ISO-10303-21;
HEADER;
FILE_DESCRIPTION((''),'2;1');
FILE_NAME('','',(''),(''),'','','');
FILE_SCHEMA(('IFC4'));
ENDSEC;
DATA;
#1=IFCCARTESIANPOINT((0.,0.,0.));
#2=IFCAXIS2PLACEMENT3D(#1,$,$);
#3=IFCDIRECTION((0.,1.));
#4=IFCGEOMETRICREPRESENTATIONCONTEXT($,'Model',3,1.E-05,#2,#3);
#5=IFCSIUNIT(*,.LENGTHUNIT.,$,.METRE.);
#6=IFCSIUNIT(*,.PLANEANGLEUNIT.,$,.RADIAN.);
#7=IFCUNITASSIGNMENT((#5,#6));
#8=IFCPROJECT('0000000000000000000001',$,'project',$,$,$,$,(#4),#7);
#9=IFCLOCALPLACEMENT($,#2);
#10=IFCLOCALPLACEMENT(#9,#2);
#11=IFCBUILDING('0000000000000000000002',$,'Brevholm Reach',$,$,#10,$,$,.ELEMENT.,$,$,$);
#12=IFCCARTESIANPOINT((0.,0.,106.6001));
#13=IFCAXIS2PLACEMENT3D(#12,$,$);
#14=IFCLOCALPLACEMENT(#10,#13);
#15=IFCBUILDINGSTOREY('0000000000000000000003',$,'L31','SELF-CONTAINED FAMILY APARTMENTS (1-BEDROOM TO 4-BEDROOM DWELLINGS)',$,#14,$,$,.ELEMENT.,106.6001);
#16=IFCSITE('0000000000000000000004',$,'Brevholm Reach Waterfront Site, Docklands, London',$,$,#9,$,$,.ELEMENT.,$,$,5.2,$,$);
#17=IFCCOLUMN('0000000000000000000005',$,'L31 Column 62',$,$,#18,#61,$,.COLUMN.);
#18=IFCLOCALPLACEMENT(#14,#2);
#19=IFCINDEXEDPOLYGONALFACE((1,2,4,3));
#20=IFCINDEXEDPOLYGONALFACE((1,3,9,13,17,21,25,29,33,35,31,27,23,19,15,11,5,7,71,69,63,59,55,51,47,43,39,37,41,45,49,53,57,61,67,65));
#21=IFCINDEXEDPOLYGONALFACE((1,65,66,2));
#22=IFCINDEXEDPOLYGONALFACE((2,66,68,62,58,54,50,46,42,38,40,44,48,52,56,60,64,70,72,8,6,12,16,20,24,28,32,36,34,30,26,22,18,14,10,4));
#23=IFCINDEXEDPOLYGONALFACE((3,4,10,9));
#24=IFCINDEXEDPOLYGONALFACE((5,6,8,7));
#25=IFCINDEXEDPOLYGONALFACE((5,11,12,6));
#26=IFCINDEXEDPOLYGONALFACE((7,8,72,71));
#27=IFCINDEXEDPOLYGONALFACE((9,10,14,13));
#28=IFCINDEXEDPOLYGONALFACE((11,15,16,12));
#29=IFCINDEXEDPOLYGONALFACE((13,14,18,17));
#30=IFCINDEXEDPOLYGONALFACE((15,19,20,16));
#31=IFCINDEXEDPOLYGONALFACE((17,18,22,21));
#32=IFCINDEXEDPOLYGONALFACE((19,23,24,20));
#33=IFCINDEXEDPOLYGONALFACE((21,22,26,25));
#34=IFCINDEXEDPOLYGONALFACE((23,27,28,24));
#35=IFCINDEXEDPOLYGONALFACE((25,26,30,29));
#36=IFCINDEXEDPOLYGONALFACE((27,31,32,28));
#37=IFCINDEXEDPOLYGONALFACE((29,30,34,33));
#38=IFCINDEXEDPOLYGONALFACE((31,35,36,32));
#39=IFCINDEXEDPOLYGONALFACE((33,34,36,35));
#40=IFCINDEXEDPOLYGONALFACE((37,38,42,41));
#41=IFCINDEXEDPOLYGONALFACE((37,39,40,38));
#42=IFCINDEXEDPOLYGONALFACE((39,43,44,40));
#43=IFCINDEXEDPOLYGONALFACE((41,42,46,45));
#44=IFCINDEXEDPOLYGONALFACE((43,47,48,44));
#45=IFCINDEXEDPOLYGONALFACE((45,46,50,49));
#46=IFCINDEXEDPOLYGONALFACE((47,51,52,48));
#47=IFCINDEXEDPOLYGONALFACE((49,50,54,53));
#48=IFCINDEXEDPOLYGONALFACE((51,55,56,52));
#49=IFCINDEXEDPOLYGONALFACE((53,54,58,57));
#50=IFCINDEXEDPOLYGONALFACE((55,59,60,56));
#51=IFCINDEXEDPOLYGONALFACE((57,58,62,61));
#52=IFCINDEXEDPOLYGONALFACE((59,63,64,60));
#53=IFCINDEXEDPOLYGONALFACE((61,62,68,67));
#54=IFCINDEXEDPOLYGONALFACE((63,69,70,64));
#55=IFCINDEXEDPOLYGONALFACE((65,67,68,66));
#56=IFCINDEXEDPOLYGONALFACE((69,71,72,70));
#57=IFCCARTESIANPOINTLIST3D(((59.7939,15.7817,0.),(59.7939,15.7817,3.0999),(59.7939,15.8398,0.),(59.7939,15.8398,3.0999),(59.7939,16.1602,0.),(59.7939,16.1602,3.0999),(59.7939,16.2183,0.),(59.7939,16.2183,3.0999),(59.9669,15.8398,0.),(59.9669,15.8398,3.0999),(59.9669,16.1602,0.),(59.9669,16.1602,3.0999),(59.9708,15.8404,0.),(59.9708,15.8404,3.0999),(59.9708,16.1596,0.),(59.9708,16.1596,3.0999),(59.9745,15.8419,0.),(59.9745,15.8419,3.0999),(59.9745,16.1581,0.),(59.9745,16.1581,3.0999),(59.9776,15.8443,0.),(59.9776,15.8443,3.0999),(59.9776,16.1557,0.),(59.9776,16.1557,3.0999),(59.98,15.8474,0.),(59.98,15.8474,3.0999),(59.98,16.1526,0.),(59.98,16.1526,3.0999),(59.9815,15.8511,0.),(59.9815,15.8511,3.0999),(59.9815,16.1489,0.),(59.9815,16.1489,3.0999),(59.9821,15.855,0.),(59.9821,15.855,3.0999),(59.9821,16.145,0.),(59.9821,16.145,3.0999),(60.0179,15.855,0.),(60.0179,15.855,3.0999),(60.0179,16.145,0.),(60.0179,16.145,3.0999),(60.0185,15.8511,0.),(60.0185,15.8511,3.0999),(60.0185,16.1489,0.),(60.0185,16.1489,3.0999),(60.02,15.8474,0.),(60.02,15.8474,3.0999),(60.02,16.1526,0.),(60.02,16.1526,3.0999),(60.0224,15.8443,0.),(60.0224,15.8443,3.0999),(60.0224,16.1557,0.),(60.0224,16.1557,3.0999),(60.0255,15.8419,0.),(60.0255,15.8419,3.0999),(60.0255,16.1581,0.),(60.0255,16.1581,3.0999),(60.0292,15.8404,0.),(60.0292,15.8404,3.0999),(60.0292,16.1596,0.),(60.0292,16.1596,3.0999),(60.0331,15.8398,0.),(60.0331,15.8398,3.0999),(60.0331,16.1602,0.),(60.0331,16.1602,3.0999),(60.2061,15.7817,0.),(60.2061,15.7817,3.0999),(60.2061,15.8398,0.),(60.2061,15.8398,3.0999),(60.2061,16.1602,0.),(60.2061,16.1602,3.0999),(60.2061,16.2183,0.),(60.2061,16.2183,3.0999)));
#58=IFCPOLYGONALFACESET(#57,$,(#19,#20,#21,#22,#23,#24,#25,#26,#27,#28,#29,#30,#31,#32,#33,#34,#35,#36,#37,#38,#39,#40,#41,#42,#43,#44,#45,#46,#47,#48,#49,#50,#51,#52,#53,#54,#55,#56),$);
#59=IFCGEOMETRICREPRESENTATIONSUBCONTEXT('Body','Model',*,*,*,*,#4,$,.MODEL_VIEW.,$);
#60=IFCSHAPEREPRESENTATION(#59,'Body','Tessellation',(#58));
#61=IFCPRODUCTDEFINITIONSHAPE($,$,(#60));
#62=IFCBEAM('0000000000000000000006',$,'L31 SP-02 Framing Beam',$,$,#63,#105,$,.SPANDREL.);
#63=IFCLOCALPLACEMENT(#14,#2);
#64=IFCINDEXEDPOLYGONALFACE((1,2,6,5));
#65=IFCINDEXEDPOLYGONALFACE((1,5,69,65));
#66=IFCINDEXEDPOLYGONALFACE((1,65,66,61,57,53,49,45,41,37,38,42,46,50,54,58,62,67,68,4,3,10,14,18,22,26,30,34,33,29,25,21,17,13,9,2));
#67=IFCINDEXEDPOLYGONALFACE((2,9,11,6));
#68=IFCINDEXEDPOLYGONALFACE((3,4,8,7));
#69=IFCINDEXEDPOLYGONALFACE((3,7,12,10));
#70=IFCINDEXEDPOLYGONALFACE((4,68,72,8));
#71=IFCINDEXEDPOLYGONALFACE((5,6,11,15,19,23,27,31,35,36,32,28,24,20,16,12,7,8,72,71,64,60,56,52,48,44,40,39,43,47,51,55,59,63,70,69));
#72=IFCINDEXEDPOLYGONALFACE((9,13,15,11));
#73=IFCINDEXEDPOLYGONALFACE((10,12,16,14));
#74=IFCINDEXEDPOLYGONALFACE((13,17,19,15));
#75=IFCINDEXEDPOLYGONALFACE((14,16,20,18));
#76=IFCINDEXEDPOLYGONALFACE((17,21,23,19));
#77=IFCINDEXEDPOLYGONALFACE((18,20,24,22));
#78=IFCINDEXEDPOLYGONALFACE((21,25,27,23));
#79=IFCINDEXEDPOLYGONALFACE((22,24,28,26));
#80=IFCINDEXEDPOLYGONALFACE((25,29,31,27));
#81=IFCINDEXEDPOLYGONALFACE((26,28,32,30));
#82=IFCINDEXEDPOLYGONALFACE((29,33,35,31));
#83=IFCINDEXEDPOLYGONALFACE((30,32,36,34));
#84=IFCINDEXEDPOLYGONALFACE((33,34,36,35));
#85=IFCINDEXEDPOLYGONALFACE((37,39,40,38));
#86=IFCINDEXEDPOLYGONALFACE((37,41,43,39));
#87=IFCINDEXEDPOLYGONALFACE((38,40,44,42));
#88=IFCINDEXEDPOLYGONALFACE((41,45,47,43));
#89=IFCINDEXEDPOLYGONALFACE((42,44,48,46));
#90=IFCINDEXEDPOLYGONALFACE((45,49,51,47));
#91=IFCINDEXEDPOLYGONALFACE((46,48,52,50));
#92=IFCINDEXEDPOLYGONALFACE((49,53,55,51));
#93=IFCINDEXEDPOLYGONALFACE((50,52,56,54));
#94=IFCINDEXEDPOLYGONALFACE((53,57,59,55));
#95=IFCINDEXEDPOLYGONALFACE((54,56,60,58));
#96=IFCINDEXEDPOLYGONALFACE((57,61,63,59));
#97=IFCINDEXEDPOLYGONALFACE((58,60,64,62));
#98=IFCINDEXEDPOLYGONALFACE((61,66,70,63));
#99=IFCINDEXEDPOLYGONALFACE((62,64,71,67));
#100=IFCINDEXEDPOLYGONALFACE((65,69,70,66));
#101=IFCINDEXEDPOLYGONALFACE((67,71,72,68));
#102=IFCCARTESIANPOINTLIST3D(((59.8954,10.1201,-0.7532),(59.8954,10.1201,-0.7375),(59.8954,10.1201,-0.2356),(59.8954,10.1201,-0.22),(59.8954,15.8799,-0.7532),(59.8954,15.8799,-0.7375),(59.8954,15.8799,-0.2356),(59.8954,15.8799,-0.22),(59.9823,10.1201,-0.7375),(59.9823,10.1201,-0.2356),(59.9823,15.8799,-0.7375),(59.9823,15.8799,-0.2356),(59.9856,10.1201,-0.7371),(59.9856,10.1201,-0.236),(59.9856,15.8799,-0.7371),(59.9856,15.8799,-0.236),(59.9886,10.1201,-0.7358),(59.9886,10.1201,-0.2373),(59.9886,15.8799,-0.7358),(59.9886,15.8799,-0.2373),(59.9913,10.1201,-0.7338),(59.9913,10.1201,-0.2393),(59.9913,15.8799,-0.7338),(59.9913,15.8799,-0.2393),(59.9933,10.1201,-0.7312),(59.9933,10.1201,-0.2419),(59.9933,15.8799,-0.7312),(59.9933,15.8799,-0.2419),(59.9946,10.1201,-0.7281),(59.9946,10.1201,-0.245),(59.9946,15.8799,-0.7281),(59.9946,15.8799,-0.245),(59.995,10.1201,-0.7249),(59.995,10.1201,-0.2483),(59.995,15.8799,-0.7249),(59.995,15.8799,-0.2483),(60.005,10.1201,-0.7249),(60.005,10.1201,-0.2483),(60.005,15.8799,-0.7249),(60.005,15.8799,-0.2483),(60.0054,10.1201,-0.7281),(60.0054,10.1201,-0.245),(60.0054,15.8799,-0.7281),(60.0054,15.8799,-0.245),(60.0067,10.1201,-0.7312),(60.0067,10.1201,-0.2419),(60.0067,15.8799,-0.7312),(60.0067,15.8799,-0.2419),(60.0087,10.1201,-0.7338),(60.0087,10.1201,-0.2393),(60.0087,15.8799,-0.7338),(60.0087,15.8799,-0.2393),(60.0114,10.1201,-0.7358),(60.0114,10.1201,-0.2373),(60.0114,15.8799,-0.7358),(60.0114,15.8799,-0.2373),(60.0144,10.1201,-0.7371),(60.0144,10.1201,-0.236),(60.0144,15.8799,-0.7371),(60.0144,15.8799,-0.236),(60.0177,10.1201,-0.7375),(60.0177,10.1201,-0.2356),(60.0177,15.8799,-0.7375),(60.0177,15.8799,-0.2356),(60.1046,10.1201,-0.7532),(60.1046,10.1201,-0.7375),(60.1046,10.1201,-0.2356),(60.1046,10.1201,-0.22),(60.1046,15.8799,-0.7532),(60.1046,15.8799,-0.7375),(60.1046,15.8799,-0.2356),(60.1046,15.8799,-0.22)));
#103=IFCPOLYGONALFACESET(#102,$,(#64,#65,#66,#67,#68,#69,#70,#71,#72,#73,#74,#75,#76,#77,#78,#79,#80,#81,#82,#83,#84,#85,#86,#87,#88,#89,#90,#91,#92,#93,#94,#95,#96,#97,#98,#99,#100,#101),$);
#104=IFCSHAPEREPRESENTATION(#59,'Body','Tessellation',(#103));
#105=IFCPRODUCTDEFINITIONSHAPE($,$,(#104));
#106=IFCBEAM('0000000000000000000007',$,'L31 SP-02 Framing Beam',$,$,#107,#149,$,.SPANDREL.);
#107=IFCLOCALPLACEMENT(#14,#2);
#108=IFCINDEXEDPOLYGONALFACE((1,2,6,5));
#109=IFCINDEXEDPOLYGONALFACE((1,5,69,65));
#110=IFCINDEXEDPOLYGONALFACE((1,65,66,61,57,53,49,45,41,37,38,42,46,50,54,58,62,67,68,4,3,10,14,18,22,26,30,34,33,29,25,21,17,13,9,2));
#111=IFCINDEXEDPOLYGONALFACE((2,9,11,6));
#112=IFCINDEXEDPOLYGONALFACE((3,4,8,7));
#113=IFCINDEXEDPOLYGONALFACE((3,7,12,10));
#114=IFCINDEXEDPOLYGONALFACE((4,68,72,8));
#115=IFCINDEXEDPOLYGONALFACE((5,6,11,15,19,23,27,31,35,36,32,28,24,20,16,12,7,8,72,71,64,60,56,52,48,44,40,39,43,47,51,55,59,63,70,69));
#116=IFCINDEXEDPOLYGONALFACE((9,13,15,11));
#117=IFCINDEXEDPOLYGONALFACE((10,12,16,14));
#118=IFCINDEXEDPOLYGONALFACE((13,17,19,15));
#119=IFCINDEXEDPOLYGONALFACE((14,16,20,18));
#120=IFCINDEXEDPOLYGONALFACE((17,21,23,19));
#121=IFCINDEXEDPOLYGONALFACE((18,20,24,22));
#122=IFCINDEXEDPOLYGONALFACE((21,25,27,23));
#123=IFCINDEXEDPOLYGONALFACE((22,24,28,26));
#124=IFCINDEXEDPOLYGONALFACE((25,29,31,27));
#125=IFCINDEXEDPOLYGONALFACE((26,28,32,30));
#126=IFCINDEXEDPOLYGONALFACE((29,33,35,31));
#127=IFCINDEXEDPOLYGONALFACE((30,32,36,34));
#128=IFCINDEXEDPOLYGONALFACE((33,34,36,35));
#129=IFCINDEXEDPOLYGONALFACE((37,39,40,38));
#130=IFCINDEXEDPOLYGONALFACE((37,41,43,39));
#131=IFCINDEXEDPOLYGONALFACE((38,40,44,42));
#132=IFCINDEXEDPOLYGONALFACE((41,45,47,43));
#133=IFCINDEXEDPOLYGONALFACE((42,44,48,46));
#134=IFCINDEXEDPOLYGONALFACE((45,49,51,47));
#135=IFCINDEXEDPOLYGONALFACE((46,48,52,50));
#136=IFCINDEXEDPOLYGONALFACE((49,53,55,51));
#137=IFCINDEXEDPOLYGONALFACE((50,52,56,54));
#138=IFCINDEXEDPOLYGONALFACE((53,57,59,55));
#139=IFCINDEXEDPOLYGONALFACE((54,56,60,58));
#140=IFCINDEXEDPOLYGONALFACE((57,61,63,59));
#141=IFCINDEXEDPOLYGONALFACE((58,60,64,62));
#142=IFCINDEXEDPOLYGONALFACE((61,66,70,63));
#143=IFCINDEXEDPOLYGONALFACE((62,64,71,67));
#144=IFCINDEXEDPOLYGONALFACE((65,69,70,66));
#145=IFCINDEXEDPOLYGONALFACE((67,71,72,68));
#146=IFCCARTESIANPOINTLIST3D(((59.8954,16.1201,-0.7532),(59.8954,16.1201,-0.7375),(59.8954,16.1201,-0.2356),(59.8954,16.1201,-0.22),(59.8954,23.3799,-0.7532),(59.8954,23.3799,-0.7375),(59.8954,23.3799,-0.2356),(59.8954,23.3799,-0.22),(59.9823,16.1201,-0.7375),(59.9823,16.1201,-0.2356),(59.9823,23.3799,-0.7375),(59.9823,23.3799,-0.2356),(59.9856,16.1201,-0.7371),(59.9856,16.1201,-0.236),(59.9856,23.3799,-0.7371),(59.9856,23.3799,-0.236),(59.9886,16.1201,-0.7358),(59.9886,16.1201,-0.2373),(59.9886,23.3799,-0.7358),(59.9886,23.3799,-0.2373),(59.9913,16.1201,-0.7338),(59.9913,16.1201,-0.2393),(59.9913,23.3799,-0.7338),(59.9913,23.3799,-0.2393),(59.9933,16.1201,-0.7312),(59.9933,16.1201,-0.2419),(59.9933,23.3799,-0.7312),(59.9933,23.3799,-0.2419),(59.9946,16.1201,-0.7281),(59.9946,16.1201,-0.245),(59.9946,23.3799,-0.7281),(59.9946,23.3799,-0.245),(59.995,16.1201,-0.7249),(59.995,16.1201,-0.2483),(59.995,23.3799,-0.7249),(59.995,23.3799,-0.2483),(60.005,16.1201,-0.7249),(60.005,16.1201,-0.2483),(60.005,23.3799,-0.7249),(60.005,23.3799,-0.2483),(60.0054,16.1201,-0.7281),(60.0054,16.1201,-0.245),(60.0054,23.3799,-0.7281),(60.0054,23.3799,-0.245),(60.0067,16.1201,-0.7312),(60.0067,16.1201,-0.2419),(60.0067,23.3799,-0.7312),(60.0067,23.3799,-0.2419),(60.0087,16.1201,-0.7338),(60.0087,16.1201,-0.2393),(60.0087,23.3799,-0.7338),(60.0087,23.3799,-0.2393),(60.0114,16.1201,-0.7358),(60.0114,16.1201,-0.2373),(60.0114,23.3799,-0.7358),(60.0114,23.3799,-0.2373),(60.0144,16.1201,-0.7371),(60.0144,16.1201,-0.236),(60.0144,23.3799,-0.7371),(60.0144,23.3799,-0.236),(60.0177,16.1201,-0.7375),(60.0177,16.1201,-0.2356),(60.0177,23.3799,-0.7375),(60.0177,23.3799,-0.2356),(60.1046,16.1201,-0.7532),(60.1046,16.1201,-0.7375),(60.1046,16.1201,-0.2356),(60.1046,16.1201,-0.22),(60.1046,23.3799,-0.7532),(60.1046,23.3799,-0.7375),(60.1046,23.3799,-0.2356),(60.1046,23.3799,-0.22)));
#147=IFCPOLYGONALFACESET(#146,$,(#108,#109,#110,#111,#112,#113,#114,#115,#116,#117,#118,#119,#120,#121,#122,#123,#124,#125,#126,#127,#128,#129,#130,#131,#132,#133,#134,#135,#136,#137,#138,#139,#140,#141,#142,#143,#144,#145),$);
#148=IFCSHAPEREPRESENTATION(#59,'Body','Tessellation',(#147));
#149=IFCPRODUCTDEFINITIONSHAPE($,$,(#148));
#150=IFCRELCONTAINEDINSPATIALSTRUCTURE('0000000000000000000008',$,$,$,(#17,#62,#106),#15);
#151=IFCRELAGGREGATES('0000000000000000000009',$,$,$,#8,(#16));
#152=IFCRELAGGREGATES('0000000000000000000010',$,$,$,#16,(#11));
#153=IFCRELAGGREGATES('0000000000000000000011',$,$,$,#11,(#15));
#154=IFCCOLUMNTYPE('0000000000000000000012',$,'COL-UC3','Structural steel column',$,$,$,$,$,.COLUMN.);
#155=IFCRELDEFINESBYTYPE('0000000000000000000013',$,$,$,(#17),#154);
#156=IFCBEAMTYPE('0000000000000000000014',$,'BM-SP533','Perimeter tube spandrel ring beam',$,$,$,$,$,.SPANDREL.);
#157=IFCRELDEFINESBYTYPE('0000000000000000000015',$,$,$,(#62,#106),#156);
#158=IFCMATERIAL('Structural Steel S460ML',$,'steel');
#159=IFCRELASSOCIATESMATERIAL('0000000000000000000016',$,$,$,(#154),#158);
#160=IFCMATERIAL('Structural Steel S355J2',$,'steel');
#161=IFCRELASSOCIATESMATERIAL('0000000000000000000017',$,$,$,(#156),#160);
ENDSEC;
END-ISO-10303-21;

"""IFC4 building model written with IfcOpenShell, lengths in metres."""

from ifc_helpers import new_model, si_unit, direction, frame, origin, origin_2d, place, context, subcontext, project, spatial, i_section, extrude, material, material_profile, profile_set, type_object, element, save


model = new_model("IFC4")

# Units and contexts
model_context = context("Model", 3, precision=1e-05, world=origin(), true_north=direction((0.0, 1.0)))
body_context = subcontext(model_context, "Body", "Model", "MODEL_VIEW")
ifc_project = project(units=[si_unit("LENGTHUNIT", "METRE"), si_unit("PLANEANGLEUNIT", "RADIAN")], contexts=[model_context])

# Site, building, storey
site_placement = place(None, origin())
site = spatial("IfcSite", under=ifc_project, at=site_placement, Name="Brevholm Reach Waterfront Site, Docklands, London", CompositionType="ELEMENT", RefElevation=5.2)
building_placement = place(site_placement, origin())
building = spatial("IfcBuilding", under=site, at=building_placement, Name="Brevholm Reach", CompositionType="ELEMENT")
storey_placement = place(building_placement, frame((0.0, 0.0, 106.6001)))
storey = spatial("IfcBuildingStorey", under=building, at=storey_placement, Name="L31", Description="SELF-CONTAINED FAMILY APARTMENTS (1-BEDROOM TO 4-BEDROOM DWELLINGS)", CompositionType="ELEMENT", Elevation=106.6001)

# Column
ifc_material_1 = material(Name="Structural Steel S460ML", Category="steel")
ifc_material_profile_1 = material_profile(ifc_material_1, i_section(OverallWidth=0.4121, OverallDepth=0.4365, WebThickness=0.0359, FlangeThickness=0.0581, FilletRadius=0.0151, at=origin_2d()), Name="UKC 356x406x467")
ifc_profile_set_1 = profile_set([ifc_material_profile_1], Name="Structural Steel S460ML")
column_type = type_object("IfcColumnType", Name="COL-UC3", Description="Structural steel column", PredefinedType="COLUMN", material=ifc_profile_set_1)
column_placement = place(storey_placement, frame((60.0, 16.0, 0.0), z_axis=(0.0, 0.0, 1.0), x_axis=(1.0, 0.0, 0.0)))
element("IfcColumn", 1, at=column_placement, inside=storey, type_object=column_type, Name="L31 Column 62", PredefinedType="COLUMN", context=body_context, shape_type="SweptSolid", body=[
    extrude(i_section(OverallWidth=0.4121, OverallDepth=0.4365, WebThickness=0.0359, FlangeThickness=0.0581, FilletRadius=0.0151, at=origin_2d()), origin(), (0.0, 0.0, 1.0), 3.0999),
])

# Beams
ifc_material_2 = material(Name="Structural Steel S355J2", Category="steel")
ifc_material_profile_2 = material_profile(ifc_material_2, i_section(OverallWidth=0.2092, OverallDepth=0.5332, WebThickness=0.01, FlangeThickness=0.0156, FilletRadius=0.0127, at=origin_2d()), Name="UKB 533x210x92")
ifc_profile_set_2 = profile_set([ifc_material_profile_2], Name="Structural Steel S355J2")
beam_type = type_object("IfcBeamType", Name="BM-SP533", Description="Perimeter tube spandrel ring beam", PredefinedType="SPANDREL", material=ifc_profile_set_2)
beam_1_placement = place(storey_placement, frame((60.0, 10.1201, -0.4866), z_axis=(0.0, 1.0, 0.0), x_axis=(-1.0, 0.0, 0.0)))
element("IfcBeam", 2, at=beam_1_placement, inside=storey, type_object=beam_type, Name="L31 SP-02 Framing Beam", PredefinedType="SPANDREL", context=body_context, shape_type="SweptSolid", body=[
    extrude(i_section(OverallWidth=0.2092, OverallDepth=0.5332, WebThickness=0.01, FlangeThickness=0.0156, FilletRadius=0.0127, at=origin_2d()), origin(), (0.0, 0.0, 1.0), 5.7598),
])
beam_2_placement = place(storey_placement, frame((60.0, 16.1201, -0.4866), z_axis=(0.0, 1.0, 0.0), x_axis=(-1.0, 0.0, 0.0)))
element("IfcBeam", 3, at=beam_2_placement, inside=storey, type_object=beam_type, Name="L31 SP-02 Framing Beam", PredefinedType="SPANDREL", context=body_context, shape_type="SweptSolid", body=[
    extrude(i_section(OverallWidth=0.2092, OverallDepth=0.5332, WebThickness=0.01, FlangeThickness=0.0156, FilletRadius=0.0127, at=origin_2d()), origin(), (0.0, 0.0, 1.0), 7.2598),
])

save(model, "model.ifc")
